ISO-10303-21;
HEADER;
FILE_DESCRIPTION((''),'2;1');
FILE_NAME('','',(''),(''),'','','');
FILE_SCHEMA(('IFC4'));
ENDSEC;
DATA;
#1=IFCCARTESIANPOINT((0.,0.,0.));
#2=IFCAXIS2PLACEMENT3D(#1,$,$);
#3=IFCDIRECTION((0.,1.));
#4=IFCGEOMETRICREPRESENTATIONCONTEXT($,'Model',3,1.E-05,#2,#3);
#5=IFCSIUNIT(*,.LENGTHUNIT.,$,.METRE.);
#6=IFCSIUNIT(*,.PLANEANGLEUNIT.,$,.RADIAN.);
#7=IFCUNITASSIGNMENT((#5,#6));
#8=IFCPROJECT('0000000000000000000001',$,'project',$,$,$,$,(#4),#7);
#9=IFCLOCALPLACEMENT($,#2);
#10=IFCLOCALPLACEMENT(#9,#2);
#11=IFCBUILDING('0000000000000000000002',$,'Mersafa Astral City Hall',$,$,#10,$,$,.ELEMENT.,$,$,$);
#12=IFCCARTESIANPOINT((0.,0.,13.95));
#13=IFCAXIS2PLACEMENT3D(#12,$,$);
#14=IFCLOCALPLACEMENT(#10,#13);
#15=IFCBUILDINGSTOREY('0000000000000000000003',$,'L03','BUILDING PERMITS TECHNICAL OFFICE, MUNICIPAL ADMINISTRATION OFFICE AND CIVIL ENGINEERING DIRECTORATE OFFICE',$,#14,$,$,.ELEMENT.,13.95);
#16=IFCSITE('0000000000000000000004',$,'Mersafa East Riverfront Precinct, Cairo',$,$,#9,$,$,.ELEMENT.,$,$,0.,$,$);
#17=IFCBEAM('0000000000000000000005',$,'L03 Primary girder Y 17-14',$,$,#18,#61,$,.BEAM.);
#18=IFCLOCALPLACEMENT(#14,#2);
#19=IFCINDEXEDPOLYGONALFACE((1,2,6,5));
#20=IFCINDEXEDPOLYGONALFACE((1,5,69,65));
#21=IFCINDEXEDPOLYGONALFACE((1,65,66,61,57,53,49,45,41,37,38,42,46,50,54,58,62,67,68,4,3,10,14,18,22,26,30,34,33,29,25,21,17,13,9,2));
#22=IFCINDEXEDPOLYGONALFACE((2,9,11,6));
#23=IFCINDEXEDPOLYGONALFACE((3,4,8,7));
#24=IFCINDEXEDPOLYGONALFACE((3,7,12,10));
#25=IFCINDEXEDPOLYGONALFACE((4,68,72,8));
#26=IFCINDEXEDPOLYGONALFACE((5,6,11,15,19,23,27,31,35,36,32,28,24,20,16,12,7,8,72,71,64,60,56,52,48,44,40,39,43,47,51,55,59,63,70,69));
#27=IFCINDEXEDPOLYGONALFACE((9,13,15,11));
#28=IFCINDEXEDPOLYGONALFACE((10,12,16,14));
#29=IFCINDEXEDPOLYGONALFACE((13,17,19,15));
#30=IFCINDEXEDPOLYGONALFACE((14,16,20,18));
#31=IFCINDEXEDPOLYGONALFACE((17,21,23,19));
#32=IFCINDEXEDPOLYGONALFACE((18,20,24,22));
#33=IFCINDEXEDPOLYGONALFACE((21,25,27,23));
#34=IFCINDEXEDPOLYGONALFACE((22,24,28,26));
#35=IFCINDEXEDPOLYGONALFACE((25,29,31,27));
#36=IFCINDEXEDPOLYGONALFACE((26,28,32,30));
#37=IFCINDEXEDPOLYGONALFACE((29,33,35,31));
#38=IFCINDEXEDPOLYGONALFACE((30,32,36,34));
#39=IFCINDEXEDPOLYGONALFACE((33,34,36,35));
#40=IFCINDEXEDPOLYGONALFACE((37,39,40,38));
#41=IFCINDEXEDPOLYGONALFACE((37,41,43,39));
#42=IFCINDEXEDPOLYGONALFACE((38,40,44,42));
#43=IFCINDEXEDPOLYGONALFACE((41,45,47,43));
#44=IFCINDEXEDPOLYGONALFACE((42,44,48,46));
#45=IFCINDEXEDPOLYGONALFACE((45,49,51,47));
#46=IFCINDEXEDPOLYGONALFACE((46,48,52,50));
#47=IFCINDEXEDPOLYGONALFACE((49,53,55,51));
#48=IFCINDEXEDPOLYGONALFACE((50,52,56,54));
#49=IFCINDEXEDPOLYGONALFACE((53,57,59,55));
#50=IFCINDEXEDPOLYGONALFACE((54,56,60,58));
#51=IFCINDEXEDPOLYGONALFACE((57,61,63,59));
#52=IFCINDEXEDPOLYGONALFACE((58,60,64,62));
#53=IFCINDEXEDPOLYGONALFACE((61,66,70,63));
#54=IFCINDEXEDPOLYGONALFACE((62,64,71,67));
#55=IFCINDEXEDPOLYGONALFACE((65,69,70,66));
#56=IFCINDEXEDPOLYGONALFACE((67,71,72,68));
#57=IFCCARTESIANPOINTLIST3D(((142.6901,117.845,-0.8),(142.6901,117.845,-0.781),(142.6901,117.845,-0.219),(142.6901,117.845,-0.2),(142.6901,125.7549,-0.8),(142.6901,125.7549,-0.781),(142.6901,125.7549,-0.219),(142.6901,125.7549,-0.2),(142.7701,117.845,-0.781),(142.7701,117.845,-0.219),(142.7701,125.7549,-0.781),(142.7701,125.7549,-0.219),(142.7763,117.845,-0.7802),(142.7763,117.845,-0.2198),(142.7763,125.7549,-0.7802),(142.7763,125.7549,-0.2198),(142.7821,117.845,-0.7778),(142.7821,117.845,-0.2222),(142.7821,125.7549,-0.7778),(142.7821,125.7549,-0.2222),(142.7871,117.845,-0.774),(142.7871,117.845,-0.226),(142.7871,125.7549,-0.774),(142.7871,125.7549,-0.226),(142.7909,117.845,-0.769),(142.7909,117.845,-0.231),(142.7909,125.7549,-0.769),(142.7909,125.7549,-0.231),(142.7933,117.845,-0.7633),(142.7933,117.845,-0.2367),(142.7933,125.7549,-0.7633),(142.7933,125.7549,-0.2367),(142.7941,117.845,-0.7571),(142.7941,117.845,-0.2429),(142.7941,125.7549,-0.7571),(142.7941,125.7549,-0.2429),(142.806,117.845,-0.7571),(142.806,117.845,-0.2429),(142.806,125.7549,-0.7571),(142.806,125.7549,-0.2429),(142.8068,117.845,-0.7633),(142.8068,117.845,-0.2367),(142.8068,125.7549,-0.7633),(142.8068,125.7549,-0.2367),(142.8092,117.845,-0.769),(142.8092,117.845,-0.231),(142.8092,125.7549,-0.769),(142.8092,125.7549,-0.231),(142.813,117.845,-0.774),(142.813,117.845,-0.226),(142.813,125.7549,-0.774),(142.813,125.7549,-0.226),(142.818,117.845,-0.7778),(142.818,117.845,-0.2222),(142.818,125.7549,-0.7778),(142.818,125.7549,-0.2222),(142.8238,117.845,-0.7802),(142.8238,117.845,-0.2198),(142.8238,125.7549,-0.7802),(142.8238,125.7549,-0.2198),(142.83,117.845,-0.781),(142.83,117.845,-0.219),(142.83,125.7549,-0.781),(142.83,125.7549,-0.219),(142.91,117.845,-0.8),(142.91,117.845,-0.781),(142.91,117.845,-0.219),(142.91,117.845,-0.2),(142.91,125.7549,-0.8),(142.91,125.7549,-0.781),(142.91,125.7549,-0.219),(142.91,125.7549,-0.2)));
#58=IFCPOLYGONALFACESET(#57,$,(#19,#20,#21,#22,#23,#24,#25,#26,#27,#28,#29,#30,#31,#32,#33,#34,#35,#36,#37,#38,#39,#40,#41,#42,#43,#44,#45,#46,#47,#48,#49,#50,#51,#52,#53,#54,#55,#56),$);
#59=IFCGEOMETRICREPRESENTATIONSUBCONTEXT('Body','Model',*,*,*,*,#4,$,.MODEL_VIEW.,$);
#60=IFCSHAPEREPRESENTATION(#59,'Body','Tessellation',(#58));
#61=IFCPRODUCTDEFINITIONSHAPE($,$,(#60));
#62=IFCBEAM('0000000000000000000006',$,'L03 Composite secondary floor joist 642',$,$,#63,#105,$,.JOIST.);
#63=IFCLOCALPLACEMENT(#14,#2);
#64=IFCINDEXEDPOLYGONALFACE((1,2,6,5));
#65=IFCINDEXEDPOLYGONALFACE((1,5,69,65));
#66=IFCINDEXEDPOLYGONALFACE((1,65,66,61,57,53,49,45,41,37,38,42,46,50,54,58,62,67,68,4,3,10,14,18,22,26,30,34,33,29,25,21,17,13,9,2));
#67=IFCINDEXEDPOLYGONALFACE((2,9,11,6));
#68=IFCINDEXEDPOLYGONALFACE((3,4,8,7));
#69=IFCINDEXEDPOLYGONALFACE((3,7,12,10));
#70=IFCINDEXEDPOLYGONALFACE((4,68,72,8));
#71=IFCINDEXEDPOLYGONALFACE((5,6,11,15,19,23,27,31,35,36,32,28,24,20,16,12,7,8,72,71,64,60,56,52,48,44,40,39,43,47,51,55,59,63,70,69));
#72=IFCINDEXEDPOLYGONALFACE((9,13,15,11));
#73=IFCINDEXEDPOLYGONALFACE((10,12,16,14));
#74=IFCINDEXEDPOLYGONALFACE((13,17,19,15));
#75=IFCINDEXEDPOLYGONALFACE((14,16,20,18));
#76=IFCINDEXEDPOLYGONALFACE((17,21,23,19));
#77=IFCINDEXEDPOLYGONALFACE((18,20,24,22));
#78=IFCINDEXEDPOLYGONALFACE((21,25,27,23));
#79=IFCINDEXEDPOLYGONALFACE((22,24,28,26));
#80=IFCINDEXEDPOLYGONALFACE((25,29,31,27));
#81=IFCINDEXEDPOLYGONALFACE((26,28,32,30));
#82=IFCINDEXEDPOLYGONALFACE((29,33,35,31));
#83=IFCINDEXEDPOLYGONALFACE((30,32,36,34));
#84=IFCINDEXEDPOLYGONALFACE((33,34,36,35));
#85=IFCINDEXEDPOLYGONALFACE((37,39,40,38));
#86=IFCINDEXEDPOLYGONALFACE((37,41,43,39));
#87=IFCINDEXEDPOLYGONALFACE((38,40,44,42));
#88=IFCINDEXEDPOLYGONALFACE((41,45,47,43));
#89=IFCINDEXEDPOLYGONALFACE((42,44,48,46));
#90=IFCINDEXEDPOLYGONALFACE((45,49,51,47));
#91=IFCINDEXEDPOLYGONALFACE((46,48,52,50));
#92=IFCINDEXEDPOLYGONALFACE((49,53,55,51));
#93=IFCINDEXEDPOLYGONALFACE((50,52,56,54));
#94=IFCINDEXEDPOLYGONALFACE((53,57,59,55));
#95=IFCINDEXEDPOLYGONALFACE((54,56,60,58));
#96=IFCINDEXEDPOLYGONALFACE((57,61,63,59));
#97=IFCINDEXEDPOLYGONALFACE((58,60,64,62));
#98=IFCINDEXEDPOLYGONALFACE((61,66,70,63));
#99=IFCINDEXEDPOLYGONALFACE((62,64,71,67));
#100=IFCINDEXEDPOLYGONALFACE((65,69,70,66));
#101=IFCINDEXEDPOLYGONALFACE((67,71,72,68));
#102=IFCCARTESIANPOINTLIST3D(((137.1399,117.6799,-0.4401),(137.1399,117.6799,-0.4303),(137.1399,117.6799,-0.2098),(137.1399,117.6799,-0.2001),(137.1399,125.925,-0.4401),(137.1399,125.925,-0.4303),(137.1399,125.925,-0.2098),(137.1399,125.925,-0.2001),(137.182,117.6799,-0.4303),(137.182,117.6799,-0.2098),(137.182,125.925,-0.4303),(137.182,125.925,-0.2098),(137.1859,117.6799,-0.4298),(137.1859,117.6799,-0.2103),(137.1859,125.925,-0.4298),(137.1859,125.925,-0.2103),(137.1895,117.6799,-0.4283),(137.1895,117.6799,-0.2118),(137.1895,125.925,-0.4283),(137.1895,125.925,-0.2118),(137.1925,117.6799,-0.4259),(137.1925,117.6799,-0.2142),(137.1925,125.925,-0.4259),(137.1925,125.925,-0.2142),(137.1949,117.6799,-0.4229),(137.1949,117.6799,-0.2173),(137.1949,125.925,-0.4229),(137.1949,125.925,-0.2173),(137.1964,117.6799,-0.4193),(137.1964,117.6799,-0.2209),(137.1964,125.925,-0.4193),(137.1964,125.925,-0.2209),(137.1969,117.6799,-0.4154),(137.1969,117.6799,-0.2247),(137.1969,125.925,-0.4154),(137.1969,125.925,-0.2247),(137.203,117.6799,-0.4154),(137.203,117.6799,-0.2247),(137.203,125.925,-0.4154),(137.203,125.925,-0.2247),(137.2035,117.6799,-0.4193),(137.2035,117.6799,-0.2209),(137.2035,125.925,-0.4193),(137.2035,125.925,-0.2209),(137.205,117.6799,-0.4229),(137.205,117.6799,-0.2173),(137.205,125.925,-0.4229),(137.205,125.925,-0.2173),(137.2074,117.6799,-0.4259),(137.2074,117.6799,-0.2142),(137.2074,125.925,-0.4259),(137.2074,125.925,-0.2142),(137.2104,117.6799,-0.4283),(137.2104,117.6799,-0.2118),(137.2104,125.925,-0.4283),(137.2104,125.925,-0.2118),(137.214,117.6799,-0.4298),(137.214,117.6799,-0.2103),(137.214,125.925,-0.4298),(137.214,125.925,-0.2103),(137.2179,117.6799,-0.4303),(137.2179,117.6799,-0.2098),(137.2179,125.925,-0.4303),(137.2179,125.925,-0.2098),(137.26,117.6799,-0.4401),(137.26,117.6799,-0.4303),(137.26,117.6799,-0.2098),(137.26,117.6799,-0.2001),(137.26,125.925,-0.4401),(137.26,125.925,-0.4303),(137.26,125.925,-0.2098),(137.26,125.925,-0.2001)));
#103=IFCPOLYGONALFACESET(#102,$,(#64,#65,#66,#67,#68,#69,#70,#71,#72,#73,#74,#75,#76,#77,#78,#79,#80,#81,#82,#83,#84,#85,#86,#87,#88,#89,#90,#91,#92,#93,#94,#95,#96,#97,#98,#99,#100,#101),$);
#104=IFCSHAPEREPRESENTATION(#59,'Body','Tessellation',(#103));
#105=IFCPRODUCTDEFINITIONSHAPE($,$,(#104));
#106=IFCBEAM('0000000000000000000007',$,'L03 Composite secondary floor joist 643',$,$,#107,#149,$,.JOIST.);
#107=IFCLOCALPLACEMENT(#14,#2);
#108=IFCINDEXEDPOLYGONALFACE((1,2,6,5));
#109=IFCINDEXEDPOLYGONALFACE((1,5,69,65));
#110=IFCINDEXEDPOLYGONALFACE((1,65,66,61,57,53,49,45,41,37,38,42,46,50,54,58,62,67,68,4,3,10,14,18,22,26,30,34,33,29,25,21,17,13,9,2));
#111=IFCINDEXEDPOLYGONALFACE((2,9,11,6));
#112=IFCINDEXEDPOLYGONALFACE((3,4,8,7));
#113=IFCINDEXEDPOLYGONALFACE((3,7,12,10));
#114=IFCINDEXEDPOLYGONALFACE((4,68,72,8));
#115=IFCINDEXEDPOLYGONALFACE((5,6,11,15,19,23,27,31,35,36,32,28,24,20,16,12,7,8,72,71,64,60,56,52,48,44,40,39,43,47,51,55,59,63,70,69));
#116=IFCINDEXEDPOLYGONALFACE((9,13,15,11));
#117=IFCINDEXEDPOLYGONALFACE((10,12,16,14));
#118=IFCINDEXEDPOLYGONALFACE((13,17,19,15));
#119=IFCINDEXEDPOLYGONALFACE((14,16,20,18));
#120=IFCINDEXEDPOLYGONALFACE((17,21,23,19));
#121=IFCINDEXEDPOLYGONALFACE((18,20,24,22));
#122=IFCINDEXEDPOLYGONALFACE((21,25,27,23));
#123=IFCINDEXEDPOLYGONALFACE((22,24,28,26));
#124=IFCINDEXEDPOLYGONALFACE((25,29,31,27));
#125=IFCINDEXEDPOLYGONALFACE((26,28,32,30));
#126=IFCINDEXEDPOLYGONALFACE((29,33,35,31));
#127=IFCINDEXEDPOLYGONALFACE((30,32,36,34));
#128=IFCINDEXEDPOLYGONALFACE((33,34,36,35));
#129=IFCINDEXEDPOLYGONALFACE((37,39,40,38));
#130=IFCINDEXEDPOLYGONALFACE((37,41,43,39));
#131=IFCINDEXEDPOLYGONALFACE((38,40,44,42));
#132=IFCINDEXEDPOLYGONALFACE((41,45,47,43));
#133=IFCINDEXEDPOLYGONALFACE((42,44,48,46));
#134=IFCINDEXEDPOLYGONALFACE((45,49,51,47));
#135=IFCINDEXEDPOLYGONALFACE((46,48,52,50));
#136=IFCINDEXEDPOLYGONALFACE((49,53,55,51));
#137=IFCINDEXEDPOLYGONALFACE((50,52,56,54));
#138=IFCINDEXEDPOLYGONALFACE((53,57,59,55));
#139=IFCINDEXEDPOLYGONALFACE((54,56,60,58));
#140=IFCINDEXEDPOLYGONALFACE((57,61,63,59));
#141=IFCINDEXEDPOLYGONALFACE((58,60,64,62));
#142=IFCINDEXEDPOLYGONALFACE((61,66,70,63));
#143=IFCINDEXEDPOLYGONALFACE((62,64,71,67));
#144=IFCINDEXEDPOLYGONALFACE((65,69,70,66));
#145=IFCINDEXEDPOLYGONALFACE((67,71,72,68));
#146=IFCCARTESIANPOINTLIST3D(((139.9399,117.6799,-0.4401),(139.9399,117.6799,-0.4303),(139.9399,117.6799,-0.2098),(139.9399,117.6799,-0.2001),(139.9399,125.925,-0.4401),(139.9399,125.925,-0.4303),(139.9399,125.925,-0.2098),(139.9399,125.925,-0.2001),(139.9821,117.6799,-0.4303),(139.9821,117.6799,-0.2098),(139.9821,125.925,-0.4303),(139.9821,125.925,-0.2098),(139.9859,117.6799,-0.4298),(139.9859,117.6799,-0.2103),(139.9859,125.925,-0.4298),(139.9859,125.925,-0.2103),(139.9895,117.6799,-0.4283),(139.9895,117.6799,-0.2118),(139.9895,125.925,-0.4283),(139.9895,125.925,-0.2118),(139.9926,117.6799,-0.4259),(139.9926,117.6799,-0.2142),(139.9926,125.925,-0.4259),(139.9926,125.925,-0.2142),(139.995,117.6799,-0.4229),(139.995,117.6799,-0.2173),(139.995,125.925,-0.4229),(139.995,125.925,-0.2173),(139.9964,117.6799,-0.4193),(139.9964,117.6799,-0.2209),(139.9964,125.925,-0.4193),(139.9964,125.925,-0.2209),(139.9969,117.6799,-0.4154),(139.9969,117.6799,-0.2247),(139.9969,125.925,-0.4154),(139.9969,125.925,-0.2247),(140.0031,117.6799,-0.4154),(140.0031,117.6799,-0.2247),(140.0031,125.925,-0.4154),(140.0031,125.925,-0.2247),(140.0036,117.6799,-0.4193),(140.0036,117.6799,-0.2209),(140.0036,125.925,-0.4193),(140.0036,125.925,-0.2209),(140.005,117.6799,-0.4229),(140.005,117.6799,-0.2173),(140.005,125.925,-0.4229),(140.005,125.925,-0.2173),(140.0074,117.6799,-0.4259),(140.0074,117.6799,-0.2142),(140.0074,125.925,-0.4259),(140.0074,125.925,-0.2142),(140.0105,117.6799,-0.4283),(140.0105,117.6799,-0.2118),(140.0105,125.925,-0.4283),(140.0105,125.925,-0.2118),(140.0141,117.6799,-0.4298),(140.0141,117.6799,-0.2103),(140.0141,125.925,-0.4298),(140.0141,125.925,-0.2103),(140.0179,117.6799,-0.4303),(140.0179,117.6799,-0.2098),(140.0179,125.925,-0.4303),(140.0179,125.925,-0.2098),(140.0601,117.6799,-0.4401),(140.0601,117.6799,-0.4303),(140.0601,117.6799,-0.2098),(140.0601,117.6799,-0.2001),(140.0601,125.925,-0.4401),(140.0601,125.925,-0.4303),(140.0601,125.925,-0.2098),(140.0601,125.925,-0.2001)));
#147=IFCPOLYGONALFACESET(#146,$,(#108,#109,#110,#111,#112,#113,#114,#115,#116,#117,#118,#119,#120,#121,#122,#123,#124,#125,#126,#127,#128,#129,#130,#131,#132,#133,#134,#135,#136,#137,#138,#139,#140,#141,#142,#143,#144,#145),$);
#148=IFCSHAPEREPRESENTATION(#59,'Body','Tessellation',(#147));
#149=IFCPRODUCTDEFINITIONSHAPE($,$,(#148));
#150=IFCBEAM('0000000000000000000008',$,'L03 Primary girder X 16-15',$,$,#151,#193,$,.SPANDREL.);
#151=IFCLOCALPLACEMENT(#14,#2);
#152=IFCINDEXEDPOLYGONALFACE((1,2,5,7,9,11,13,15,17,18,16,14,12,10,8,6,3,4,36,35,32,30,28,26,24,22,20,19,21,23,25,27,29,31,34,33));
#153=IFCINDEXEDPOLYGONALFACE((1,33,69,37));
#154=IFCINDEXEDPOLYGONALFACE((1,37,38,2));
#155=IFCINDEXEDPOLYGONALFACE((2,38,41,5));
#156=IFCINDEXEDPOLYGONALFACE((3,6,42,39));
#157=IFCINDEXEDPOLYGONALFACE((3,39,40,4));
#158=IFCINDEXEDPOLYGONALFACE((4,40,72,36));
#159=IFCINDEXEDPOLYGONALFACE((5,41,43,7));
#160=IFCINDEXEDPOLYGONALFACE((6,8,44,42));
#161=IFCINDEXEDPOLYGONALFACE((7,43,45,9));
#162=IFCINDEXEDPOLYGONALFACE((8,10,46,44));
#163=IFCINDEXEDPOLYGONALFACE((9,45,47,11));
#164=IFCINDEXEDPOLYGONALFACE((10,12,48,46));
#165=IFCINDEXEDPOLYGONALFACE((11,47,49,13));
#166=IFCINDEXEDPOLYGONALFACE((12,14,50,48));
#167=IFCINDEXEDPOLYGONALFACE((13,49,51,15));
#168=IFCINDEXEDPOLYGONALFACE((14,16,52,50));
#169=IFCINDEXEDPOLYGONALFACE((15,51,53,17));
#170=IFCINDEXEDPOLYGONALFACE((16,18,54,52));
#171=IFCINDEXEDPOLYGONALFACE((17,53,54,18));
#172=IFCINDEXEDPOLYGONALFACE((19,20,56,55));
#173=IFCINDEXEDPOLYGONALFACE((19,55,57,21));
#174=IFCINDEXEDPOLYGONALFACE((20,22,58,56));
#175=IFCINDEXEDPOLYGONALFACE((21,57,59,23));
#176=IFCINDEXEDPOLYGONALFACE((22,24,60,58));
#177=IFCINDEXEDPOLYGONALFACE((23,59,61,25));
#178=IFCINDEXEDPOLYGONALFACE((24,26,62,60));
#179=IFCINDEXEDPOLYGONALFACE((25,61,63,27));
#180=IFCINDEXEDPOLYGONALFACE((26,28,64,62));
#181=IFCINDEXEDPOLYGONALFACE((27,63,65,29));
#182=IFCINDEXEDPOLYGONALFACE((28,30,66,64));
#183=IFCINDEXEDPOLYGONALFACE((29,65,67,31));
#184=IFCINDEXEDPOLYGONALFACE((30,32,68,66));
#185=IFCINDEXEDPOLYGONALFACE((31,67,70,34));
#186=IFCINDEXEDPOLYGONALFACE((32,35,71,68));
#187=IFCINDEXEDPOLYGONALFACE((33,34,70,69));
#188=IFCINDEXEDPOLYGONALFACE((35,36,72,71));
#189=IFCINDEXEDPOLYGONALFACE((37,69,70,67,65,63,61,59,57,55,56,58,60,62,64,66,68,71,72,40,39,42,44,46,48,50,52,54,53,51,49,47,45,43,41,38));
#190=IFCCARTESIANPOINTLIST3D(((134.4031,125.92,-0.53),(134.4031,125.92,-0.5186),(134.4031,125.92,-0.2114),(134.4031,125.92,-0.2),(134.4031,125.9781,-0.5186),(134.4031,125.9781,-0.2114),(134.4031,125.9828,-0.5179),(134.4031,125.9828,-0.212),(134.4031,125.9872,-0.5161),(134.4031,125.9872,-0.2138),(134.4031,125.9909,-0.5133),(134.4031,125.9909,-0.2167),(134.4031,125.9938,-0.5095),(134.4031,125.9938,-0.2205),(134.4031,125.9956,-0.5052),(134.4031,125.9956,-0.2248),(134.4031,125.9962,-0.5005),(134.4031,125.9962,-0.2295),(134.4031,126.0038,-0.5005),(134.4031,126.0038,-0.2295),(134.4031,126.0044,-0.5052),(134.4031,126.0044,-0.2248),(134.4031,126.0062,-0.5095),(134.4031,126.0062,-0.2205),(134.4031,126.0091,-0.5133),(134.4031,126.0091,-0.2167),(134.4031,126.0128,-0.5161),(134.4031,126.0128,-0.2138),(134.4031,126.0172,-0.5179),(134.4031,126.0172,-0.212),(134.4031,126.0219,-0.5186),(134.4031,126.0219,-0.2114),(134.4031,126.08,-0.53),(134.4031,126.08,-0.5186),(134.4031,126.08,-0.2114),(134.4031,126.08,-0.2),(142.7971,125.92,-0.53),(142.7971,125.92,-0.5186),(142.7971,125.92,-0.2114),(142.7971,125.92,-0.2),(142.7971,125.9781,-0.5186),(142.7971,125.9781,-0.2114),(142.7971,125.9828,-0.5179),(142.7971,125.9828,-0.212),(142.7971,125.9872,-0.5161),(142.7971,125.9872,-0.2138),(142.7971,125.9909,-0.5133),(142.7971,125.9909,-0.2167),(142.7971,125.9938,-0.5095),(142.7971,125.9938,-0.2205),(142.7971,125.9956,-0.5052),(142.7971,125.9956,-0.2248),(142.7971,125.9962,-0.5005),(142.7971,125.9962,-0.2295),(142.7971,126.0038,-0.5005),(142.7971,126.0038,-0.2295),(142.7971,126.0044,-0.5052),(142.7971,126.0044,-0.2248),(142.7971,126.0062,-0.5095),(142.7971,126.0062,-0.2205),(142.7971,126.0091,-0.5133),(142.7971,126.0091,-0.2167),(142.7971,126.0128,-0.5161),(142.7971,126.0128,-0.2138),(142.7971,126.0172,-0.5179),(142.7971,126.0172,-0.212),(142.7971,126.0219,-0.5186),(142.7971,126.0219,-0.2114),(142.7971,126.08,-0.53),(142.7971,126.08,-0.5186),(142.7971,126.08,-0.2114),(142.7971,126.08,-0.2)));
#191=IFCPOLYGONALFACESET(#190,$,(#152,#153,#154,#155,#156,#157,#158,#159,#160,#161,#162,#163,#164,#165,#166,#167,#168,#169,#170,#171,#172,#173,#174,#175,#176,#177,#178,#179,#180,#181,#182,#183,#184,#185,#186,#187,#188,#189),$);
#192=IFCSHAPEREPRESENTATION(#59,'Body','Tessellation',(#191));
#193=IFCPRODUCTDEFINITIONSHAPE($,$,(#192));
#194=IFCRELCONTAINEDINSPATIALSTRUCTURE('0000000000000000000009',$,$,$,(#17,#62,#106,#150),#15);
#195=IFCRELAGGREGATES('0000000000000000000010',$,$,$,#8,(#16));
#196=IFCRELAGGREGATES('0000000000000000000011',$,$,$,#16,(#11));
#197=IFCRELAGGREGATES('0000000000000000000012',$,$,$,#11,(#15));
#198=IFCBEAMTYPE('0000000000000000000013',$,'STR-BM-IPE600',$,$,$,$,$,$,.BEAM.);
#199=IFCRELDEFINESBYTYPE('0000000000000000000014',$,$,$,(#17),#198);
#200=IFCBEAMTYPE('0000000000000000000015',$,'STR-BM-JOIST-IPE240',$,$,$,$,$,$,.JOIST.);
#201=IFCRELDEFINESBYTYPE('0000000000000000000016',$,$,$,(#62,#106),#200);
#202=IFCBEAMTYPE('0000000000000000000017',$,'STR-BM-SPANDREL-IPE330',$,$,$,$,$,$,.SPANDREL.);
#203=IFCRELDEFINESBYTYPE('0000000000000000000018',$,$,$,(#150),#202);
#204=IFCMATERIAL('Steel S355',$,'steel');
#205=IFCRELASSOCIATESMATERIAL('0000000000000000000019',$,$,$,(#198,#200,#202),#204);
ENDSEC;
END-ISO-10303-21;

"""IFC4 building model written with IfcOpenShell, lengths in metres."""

from ifc_helpers import new_model, si_unit, direction, frame, origin, origin_2d, place, context, subcontext, project, spatial, i_section, extrude, material, material_profile, profile_set, type_object, element, save


model = new_model("IFC4")

# Units and contexts
model_context = context("Model", 3, precision=1e-05, world=origin(), true_north=direction((0.0, 1.0)))
body_context = subcontext(model_context, "Body", "Model", "MODEL_VIEW")
ifc_project = project(units=[si_unit("LENGTHUNIT", "METRE"), si_unit("PLANEANGLEUNIT", "RADIAN")], contexts=[model_context])

# Site, building, storey
site_placement = place(None, origin())
site = spatial("IfcSite", under=ifc_project, at=site_placement, Name="Mersafa East Riverfront Precinct, Cairo", CompositionType="ELEMENT", RefElevation=0.0)
building_placement = place(site_placement, origin())
building = spatial("IfcBuilding", under=site, at=building_placement, Name="Mersafa Astral City Hall", CompositionType="ELEMENT")
storey_placement = place(building_placement, frame((0.0, 0.0, 13.95)))
storey = spatial("IfcBuildingStorey", under=building, at=storey_placement, Name="L03", Description="BUILDING PERMITS TECHNICAL OFFICE, MUNICIPAL ADMINISTRATION OFFICE AND CIVIL ENGINEERING DIRECTORATE OFFICE", CompositionType="ELEMENT", Elevation=13.95)

# Shared definitions
ifc_material_1 = material(Name="Steel S355", Category="steel")

# Beams
ifc_material_profile_1 = material_profile(ifc_material_1, i_section(OverallWidth=0.22, OverallDepth=0.6001, WebThickness=0.012, FlangeThickness=0.019, FilletRadius=0.0239, at=origin_2d()), Name="IPE 600")
ifc_profile_set_1 = profile_set([ifc_material_profile_1], Name="Steel S355")
beam_type_1 = type_object("IfcBeamType", Name="STR-BM-IPE600", PredefinedType="BEAM", material=ifc_profile_set_1)
beam_1_placement = place(storey_placement, frame((142.8, 117.845, -0.5), z_axis=(0.0, 1.0, 0.0), x_axis=(-1.0, 0.0, 0.0)))
element("IfcBeam", 1, at=beam_1_placement, inside=storey, type_object=beam_type_1, Name="L03 Primary girder Y 17-14", PredefinedType="BEAM", context=body_context, shape_type="SweptSolid", body=[
    extrude(i_section(OverallWidth=0.22, OverallDepth=0.6001, WebThickness=0.012, FlangeThickness=0.019, FilletRadius=0.0239, at=origin_2d()), origin(), (0.0, 0.0, 1.0), 7.9099),
])
ifc_material_profile_2 = material_profile(ifc_material_1, i_section(OverallWidth=0.1201, OverallDepth=0.24, WebThickness=0.0061, FlangeThickness=0.0098, FilletRadius=0.0149, at=origin_2d()), Name="IPE 240")
ifc_profile_set_2 = profile_set([ifc_material_profile_2], Name="Steel S355")
beam_type_2 = type_object("IfcBeamType", Name="STR-BM-JOIST-IPE240", PredefinedType="JOIST", material=ifc_profile_set_2)
for number, where, z_axis, x_axis, name in (
    (2, (137.2, 117.6799, -0.3201), (0.0, 1.0, 0.0), (-1.0, 0.0, 0.0), "L03 Composite secondary floor joist 642"),
    (3, (140.0, 117.6799, -0.3201), (0.0, 1.0, 0.0), (-1.0, 0.0, 0.0), "L03 Composite secondary floor joist 643"),
):
    element("IfcBeam", number, at=place(storey_placement, frame(where, z_axis=z_axis, x_axis=x_axis)), inside=storey, type_object=beam_type_2, Name=name, PredefinedType="JOIST", context=body_context, shape_type="SweptSolid", body=[
        extrude(i_section(OverallWidth=0.1201, OverallDepth=0.24, WebThickness=0.0061, FlangeThickness=0.0098, FilletRadius=0.0149, at=origin_2d()), origin(), (0.0, 0.0, 1.0), 8.2451),
    ])
ifc_material_profile_3 = material_profile(ifc_material_1, i_section(OverallWidth=0.1599, OverallDepth=0.3301, WebThickness=0.0076, FlangeThickness=0.0115, FilletRadius=0.0181, at=origin_2d()), Name="IPE 330")
ifc_profile_set_3 = profile_set([ifc_material_profile_3], Name="Steel S355")
beam_type_3 = type_object("IfcBeamType", Name="STR-BM-SPANDREL-IPE330", PredefinedType="SPANDREL", material=ifc_profile_set_3)
beam_2_placement = place(storey_placement, frame((134.4031, 126.0, -0.365), z_axis=(1.0, 0.0, 0.0), x_axis=(0.0, 1.0, 0.0)))
element("IfcBeam", 4, at=beam_2_placement, inside=storey, type_object=beam_type_3, Name="L03 Primary girder X 16-15", PredefinedType="SPANDREL", context=body_context, shape_type="SweptSolid", body=[
    extrude(i_section(OverallWidth=0.1599, OverallDepth=0.3301, WebThickness=0.0076, FlangeThickness=0.0115, FilletRadius=0.0181, at=origin_2d()), origin(), (0.0, 0.0, 1.0), 8.394),
])

save(model, "model.ifc")
